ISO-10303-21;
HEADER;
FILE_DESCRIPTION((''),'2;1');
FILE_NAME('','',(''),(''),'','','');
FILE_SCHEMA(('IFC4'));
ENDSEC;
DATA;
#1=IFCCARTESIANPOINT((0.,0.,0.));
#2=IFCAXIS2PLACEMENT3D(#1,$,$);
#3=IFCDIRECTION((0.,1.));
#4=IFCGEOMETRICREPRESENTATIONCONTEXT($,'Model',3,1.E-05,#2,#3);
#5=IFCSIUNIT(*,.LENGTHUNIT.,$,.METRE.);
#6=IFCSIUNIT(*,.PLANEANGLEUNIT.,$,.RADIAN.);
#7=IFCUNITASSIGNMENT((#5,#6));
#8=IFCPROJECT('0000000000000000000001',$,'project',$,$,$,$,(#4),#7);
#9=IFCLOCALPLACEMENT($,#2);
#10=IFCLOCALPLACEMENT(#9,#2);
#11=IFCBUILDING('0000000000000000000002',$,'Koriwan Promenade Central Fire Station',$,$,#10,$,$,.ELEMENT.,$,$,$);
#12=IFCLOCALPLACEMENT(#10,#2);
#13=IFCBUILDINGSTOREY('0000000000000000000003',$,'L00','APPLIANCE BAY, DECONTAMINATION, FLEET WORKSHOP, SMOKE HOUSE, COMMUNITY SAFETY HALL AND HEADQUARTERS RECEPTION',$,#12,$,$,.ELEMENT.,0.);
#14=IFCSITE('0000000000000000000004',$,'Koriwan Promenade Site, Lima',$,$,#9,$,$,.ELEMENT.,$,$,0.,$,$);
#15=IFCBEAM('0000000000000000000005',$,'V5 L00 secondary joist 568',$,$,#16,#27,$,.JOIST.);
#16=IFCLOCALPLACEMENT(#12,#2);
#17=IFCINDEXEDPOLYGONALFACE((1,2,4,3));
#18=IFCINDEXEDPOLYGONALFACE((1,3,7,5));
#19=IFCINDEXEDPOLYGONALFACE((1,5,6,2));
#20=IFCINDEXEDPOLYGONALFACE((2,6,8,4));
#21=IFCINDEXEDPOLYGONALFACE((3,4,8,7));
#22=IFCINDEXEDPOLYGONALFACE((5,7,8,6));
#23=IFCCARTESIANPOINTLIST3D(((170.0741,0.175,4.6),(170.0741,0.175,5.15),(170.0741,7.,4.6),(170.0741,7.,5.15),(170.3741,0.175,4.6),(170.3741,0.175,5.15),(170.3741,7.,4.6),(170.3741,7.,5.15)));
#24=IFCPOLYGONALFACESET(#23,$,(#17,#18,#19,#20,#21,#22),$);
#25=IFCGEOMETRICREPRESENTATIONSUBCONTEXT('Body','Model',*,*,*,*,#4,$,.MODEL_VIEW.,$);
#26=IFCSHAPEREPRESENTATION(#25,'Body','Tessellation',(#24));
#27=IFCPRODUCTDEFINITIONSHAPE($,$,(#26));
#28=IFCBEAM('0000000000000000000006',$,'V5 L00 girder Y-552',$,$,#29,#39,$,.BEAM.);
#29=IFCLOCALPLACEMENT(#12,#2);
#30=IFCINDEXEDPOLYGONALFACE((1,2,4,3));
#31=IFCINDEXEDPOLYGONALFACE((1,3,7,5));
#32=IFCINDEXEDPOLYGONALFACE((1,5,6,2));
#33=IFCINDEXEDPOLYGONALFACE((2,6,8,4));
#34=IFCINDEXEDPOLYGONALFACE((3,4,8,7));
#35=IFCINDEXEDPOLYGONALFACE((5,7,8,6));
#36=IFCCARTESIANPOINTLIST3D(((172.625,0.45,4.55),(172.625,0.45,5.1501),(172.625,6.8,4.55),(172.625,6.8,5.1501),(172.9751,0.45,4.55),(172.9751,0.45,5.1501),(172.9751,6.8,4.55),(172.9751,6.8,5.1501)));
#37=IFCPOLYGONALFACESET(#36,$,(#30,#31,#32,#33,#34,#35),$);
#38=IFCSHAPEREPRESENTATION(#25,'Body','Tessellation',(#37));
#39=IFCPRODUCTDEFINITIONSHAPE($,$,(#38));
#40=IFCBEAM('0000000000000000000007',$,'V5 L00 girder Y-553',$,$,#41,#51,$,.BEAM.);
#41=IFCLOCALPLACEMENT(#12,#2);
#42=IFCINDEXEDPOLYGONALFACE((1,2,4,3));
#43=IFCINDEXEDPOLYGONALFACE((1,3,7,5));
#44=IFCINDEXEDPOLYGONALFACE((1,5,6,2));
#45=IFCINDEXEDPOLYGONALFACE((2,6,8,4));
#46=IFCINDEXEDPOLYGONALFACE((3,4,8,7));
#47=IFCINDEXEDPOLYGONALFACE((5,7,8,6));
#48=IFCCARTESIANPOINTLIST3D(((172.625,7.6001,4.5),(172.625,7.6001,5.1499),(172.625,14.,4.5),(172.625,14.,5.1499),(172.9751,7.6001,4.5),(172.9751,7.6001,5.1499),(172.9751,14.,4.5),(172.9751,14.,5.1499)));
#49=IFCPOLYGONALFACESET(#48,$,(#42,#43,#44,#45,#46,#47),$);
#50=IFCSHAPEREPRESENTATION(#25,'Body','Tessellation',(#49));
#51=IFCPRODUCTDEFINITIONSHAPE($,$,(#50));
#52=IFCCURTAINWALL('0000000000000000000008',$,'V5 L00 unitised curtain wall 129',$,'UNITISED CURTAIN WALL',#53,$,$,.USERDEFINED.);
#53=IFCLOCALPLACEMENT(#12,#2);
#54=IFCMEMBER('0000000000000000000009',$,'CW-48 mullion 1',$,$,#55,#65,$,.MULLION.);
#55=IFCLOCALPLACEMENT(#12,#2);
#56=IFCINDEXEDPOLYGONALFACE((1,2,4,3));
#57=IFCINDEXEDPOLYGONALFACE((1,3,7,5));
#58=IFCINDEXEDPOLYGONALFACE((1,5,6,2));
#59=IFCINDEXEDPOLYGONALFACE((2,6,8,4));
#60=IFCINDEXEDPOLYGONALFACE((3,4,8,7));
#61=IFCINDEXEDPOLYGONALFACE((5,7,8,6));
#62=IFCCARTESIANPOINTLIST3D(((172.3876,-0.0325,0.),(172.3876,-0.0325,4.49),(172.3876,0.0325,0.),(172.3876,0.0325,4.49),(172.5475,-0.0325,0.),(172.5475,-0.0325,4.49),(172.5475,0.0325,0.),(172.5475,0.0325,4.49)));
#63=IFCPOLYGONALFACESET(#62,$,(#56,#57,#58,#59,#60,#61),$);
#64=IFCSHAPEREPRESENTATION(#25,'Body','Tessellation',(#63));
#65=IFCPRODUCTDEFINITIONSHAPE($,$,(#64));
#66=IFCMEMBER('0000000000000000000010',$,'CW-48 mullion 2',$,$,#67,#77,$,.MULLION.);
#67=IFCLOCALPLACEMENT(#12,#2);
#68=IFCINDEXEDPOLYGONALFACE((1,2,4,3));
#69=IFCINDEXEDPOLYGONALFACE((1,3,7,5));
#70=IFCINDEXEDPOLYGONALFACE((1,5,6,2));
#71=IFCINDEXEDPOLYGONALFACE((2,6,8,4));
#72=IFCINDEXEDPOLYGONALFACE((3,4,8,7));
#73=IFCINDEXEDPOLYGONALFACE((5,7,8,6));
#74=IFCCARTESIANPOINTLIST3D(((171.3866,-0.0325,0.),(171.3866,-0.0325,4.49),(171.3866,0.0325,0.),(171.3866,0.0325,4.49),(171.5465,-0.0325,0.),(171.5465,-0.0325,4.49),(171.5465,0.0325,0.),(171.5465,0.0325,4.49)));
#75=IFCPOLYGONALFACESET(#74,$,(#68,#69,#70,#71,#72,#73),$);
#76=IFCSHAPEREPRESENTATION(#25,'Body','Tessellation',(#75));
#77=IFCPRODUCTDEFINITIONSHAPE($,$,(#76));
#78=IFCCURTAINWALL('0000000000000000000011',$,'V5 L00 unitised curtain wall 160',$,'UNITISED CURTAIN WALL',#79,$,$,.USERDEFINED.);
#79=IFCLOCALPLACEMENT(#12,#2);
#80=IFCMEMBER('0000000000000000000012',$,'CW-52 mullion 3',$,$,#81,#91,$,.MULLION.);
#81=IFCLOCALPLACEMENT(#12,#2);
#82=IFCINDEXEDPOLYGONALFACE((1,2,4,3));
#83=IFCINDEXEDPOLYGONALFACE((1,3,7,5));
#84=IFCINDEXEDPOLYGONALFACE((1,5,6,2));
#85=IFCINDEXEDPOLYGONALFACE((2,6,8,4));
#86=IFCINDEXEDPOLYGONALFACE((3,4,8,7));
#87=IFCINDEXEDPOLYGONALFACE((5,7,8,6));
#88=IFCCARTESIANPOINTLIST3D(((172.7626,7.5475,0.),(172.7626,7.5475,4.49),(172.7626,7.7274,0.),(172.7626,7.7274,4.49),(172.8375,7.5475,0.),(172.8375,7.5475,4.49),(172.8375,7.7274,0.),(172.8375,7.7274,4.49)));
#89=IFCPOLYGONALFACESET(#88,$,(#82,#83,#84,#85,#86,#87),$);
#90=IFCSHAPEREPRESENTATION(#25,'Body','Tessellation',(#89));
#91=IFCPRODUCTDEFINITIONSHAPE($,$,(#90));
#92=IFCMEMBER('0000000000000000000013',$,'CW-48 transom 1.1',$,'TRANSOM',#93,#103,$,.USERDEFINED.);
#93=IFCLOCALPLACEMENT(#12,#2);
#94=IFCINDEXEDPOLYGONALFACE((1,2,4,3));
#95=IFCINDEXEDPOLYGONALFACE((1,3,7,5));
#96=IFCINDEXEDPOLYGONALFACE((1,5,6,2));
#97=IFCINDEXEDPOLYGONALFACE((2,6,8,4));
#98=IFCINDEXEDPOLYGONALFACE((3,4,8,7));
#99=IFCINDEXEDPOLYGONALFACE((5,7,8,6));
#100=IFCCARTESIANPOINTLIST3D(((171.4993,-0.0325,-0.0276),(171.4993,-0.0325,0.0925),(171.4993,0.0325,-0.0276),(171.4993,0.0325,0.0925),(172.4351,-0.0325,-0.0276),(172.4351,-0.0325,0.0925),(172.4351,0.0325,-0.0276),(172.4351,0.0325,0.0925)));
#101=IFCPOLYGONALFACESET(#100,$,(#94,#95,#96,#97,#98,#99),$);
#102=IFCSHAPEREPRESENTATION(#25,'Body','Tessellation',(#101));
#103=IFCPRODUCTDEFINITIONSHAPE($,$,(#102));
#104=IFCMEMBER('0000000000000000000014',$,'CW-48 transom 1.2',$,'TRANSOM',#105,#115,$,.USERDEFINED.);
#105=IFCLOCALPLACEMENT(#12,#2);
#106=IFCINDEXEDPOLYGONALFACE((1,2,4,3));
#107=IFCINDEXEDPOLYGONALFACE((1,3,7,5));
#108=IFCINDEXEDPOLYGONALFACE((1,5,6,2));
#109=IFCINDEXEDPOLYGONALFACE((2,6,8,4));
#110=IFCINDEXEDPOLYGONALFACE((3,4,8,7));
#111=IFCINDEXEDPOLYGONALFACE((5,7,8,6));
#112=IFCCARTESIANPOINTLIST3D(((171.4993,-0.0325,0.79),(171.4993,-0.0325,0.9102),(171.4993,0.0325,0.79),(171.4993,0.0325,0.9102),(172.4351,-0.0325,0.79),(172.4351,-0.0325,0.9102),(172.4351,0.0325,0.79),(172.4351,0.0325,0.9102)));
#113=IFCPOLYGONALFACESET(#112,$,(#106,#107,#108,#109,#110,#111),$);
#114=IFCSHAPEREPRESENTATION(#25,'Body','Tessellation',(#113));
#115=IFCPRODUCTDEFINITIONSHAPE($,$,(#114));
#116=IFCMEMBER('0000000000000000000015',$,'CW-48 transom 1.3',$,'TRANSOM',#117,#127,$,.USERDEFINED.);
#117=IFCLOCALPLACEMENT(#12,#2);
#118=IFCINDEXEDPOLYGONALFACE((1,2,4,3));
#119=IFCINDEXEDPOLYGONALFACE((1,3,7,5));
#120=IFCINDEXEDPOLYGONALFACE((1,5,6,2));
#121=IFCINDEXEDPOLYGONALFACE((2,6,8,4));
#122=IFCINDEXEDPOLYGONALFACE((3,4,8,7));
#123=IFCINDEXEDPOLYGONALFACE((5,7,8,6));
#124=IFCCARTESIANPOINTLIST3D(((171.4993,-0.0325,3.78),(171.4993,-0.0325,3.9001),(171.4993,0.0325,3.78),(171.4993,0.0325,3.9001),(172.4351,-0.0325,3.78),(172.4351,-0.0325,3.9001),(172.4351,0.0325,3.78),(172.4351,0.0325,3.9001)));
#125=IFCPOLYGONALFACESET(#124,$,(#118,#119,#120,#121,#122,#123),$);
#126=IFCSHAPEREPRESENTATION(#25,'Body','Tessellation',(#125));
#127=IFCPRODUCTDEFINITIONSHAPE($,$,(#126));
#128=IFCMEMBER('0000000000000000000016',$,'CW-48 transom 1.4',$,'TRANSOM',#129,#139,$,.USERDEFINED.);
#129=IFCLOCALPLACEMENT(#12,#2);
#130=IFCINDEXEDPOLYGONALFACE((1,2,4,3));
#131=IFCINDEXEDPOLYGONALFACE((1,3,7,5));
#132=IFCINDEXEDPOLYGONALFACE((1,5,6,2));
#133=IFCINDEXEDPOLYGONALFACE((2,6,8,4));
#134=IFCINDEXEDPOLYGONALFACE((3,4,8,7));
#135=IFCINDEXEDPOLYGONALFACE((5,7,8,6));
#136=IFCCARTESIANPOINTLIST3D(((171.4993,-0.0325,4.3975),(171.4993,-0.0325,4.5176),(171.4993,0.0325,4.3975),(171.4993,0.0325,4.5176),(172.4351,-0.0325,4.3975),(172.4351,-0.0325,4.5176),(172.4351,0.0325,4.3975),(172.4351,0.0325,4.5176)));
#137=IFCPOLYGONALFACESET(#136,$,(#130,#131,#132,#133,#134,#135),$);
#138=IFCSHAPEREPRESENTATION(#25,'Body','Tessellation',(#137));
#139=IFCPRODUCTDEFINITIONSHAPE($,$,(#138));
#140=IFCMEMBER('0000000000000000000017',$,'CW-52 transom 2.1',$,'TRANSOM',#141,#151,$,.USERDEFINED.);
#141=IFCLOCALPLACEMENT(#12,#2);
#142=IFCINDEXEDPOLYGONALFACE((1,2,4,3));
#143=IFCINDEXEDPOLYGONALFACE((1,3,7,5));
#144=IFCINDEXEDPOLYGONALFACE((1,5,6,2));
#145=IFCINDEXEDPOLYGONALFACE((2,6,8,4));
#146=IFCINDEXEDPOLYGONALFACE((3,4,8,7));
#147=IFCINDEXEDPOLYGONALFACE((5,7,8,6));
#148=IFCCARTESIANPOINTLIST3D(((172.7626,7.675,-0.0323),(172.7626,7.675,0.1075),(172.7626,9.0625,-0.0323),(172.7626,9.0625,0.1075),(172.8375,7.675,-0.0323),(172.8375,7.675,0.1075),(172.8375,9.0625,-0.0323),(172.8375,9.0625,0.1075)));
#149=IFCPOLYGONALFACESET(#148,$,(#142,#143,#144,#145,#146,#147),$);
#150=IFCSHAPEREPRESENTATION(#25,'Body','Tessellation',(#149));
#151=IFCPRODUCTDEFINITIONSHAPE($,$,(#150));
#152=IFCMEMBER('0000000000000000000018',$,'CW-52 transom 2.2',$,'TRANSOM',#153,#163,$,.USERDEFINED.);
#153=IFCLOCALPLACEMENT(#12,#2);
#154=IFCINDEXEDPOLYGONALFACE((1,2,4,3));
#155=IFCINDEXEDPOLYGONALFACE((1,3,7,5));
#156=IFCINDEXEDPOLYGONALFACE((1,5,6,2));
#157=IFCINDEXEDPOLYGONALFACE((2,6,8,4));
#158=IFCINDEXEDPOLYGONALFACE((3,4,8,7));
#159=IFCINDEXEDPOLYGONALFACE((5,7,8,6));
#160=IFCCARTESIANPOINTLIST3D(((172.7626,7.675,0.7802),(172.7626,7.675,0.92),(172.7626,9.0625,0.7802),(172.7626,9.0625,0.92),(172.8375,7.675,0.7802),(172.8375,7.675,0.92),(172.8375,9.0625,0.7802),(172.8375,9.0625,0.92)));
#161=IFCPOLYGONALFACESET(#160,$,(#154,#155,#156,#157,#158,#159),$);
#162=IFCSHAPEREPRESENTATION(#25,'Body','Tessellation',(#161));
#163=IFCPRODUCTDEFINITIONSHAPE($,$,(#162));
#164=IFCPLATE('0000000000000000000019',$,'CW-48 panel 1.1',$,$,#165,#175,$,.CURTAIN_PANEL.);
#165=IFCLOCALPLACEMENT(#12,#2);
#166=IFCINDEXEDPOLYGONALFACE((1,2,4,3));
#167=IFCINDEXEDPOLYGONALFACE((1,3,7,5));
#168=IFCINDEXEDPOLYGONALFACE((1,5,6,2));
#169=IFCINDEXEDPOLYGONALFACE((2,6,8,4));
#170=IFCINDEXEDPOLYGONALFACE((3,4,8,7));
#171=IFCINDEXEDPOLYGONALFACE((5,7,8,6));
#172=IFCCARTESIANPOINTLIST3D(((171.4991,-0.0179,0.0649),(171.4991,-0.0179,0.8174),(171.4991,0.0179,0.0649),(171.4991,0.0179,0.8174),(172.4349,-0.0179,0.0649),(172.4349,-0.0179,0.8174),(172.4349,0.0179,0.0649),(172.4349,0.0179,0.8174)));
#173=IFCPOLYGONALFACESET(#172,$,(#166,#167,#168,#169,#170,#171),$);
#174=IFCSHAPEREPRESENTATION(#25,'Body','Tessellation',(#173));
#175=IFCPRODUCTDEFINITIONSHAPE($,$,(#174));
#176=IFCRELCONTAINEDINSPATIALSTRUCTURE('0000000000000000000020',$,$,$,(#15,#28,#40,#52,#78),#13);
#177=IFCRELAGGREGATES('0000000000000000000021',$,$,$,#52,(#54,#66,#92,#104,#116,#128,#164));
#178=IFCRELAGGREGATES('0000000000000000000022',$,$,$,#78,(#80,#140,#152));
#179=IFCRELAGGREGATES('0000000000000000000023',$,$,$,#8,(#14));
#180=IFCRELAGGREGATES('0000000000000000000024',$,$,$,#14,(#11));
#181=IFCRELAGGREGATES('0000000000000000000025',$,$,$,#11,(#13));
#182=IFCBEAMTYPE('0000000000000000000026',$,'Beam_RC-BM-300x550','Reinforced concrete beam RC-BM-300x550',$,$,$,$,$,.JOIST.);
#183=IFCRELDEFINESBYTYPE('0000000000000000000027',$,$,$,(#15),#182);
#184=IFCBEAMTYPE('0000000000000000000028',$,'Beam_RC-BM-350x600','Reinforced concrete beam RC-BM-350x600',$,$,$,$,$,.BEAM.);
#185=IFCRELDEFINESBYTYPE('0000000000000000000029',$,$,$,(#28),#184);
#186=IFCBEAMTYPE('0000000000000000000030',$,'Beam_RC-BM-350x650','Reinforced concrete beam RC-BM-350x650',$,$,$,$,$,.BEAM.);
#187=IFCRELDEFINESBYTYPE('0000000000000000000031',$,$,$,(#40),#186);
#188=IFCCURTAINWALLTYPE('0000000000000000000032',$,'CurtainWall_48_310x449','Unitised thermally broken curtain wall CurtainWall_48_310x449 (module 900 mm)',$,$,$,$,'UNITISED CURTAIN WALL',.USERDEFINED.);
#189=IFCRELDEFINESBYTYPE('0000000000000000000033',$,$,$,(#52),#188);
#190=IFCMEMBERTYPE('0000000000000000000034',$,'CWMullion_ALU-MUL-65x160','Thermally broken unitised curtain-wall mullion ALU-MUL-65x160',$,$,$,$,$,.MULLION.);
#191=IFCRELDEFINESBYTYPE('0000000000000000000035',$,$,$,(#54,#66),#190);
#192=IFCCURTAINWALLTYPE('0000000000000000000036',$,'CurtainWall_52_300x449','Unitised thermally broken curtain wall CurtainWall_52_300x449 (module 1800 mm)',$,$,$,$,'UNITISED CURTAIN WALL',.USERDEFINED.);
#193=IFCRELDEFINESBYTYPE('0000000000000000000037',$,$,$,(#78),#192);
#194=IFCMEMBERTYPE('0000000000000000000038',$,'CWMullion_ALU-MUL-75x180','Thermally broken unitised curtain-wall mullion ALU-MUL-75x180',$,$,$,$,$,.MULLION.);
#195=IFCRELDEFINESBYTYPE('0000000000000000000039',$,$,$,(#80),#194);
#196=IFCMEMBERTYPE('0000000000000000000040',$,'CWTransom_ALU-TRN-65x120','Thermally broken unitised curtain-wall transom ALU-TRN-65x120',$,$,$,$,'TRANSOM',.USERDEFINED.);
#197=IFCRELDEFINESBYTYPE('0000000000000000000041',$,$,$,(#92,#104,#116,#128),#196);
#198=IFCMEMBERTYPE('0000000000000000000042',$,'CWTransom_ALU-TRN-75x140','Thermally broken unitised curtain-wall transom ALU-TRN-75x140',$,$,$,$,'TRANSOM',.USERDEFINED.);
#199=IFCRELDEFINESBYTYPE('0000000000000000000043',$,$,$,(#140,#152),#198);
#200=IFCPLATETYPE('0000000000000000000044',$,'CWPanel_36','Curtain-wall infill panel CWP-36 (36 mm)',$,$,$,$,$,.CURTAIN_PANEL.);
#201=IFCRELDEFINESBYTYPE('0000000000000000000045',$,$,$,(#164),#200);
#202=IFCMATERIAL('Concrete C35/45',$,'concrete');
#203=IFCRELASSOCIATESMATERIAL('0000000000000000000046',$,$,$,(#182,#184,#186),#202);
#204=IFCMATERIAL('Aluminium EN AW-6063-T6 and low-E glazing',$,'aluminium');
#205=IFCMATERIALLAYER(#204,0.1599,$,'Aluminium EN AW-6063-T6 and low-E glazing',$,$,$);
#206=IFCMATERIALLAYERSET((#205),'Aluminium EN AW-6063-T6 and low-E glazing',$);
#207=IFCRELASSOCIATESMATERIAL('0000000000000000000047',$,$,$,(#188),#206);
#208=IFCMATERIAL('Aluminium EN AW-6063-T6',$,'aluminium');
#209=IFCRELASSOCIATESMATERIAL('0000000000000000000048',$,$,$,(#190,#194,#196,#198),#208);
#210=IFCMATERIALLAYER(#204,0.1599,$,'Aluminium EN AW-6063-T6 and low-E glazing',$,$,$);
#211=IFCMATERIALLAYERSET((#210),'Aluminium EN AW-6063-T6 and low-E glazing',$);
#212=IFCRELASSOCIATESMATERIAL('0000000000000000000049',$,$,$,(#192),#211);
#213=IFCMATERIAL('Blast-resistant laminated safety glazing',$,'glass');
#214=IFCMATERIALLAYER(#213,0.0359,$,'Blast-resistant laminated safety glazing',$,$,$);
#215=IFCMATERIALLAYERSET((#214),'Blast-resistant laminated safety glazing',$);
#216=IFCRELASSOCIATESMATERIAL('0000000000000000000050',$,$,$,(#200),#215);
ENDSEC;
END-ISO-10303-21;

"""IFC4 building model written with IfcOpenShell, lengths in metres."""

from ifc_helpers import new_model, si_unit, direction, frame, origin, origin_2d, place, context, subcontext, project, spatial, rectangle, extrude, material, layer, layer_set, material_profile, profile_set, type_object, element, aggregate, save


model = new_model("IFC4")

# Units and contexts
model_context = context("Model", 3, precision=1e-05, world=origin(), true_north=direction((0.0, 1.0)))
body_context = subcontext(model_context, "Body", "Model", "MODEL_VIEW")
ifc_project = project(units=[si_unit("LENGTHUNIT", "METRE"), si_unit("PLANEANGLEUNIT", "RADIAN")], contexts=[model_context])

# Site, building, storey
site_placement = place(None, origin())
site = spatial("IfcSite", under=ifc_project, at=site_placement, Name="Koriwan Promenade Site, Lima", CompositionType="ELEMENT", RefElevation=0.0)
building_placement = place(site_placement, origin())
building = spatial("IfcBuilding", under=site, at=building_placement, Name="Koriwan Promenade Central Fire Station", CompositionType="ELEMENT")
storey_placement = place(building_placement, origin())
storey = spatial("IfcBuildingStorey", under=building, at=storey_placement, Name="L00", Description="APPLIANCE BAY, DECONTAMINATION, FLEET WORKSHOP, SMOKE HOUSE, COMMUNITY SAFETY HALL AND HEADQUARTERS RECEPTION", CompositionType="ELEMENT", Elevation=0.0)

# Shared definitions
ifc_material_1 = material(Name="Concrete C35/45", Category="concrete")

# Beams
ifc_material_profile_1 = material_profile(ifc_material_1, rectangle(XDim=0.3, YDim=0.55, at=origin_2d()), Name="RC-BM-300x550")
ifc_profile_set_1 = profile_set([ifc_material_profile_1], Name="Concrete C35/45")
beam_type_1 = type_object("IfcBeamType", Name="Beam_RC-BM-300x550", Description="Reinforced concrete beam RC-BM-300x550", PredefinedType="JOIST", material=ifc_profile_set_1)
beam_1_placement = place(storey_placement, frame((170.2241, 0.175, 4.875), z_axis=(0.0, 1.0, 0.0), x_axis=(-1.0, 0.0, 0.0)))
element("IfcBeam", 1, at=beam_1_placement, inside=storey, type_object=beam_type_1, Name="V5 L00 secondary joist 568", PredefinedType="JOIST", context=body_context, shape_type="SweptSolid", body=[
    extrude(rectangle(XDim=0.3, YDim=0.55, at=origin_2d()), origin(), (0.0, 0.0, 1.0), 6.825),
])
ifc_material_profile_2 = material_profile(ifc_material_1, rectangle(XDim=0.3501, YDim=0.6001, at=origin_2d()), Name="RC-BM-350x600")
ifc_profile_set_2 = profile_set([ifc_material_profile_2], Name="Concrete C35/45")
beam_type_2 = type_object("IfcBeamType", Name="Beam_RC-BM-350x600", Description="Reinforced concrete beam RC-BM-350x600", PredefinedType="BEAM", material=ifc_profile_set_2)
beam_2_placement = place(storey_placement, frame((172.8, 0.45, 4.8501), z_axis=(0.0, 1.0, 0.0), x_axis=(-1.0, 0.0, 0.0)))
element("IfcBeam", 2, at=beam_2_placement, inside=storey, type_object=beam_type_2, Name="V5 L00 girder Y-552", PredefinedType="BEAM", context=body_context, shape_type="SweptSolid", body=[
    extrude(rectangle(XDim=0.3501, YDim=0.6001, at=origin_2d()), origin(), (0.0, 0.0, 1.0), 6.3501),
])
ifc_material_profile_3 = material_profile(ifc_material_1, rectangle(XDim=0.3501, YDim=0.6499, at=origin_2d()), Name="RC-BM-350x650")
ifc_profile_set_3 = profile_set([ifc_material_profile_3], Name="Concrete C35/45")
beam_type_3 = type_object("IfcBeamType", Name="Beam_RC-BM-350x650", Description="Reinforced concrete beam RC-BM-350x650", PredefinedType="BEAM", material=ifc_profile_set_3)
beam_3_placement = place(storey_placement, frame((172.8, 7.6001, 4.825), z_axis=(0.0, 1.0, 0.0), x_axis=(-1.0, 0.0, 0.0)))
element("IfcBeam", 3, at=beam_3_placement, inside=storey, type_object=beam_type_3, Name="V5 L00 girder Y-553", PredefinedType="BEAM", context=body_context, shape_type="SweptSolid", body=[
    extrude(rectangle(XDim=0.3501, YDim=0.6499, at=origin_2d()), origin(), (0.0, 0.0, 1.0), 6.3999),
])

# Curtain wall, members
ifc_material_2 = material(Name="Aluminium EN AW-6063-T6 and low-E glazing", Category="aluminium")
ifc_layer_1 = layer(ifc_material_2, 0.1599, Name="Aluminium EN AW-6063-T6 and low-E glazing")
ifc_layer_set_1 = layer_set([ifc_layer_1], Name="Aluminium EN AW-6063-T6 and low-E glazing")
curtain_wall_type_1 = type_object("IfcCurtainWallType", Name="CurtainWall_48_310x449", Description="Unitised thermally broken curtain wall CurtainWall_48_310x449 (module 900 mm)", ElementType="UNITISED CURTAIN WALL", PredefinedType="USERDEFINED", material=ifc_layer_set_1)
curtain_wall_1_placement = place(storey_placement, origin())
curtain_wall_1 = element("IfcCurtainWall", 4, at=curtain_wall_1_placement, inside=storey, type_object=curtain_wall_type_1, Name="V5 L00 unitised curtain wall 129", ObjectType="UNITISED CURTAIN WALL", PredefinedType="USERDEFINED")
ifc_material_3 = material(Name="Aluminium EN AW-6063-T6", Category="aluminium")
ifc_material_profile_4 = material_profile(ifc_material_3, rectangle(XDim=0.0649, YDim=0.1599, at=origin_2d()), Name="ALU-MUL-65x160")
ifc_profile_set_4 = profile_set([ifc_material_profile_4], Name="Aluminium EN AW-6063-T6")
member_type_1 = type_object("IfcMemberType", Name="CWMullion_ALU-MUL-65x160", Description="Thermally broken unitised curtain-wall mullion ALU-MUL-65x160", PredefinedType="MULLION", material=ifc_profile_set_4)
member_1_placement = place(storey_placement, frame((172.4675, 0.0, 0.0), z_axis=(0.0, 0.0, 1.0), x_axis=(0.0, -1.0, 0.0)))
member_1 = element("IfcMember", 5, at=member_1_placement, type_object=member_type_1, Name="CW-48 mullion 1", PredefinedType="MULLION", context=body_context, shape_type="SweptSolid", body=[
    extrude(rectangle(XDim=0.0649, YDim=0.1599, at=origin_2d()), origin(), (0.0, 0.0, 1.0), 4.49),
])
member_2_placement = place(storey_placement, frame((171.4666, 0.0, 0.0), z_axis=(0.0, 0.0, 1.0), x_axis=(0.0, -1.0, 0.0)))
member_2 = element("IfcMember", 6, at=member_2_placement, type_object=member_type_1, Name="CW-48 mullion 2", PredefinedType="MULLION", context=body_context, shape_type="SweptSolid", body=[
    extrude(rectangle(XDim=0.0649, YDim=0.1599, at=origin_2d()), origin(), (0.0, 0.0, 1.0), 4.49),
])

# Curtain wall, member
ifc_layer_2 = layer(ifc_material_2, 0.1599, Name="Aluminium EN AW-6063-T6 and low-E glazing")
ifc_layer_set_2 = layer_set([ifc_layer_2], Name="Aluminium EN AW-6063-T6 and low-E glazing")
curtain_wall_type_2 = type_object("IfcCurtainWallType", Name="CurtainWall_52_300x449", Description="Unitised thermally broken curtain wall CurtainWall_52_300x449 (module 1800 mm)", ElementType="UNITISED CURTAIN WALL", PredefinedType="USERDEFINED", material=ifc_layer_set_2)
curtain_wall_2_placement = place(storey_placement, origin())
curtain_wall_2 = element("IfcCurtainWall", 7, at=curtain_wall_2_placement, inside=storey, type_object=curtain_wall_type_2, Name="V5 L00 unitised curtain wall 160", ObjectType="UNITISED CURTAIN WALL", PredefinedType="USERDEFINED")
ifc_material_profile_5 = material_profile(ifc_material_3, rectangle(XDim=0.075, YDim=0.1799, at=origin_2d()), Name="ALU-MUL-75x180")
ifc_profile_set_5 = profile_set([ifc_material_profile_5], Name="Aluminium EN AW-6063-T6")
member_type_2 = type_object("IfcMemberType", Name="CWMullion_ALU-MUL-75x180", Description="Thermally broken unitised curtain-wall mullion ALU-MUL-75x180", PredefinedType="MULLION", material=ifc_profile_set_5)
member_3_placement = place(storey_placement, frame((172.8, 7.6375, 0.0), z_axis=(0.0, 0.0, 1.0), x_axis=(1.0, 0.0, 0.0)))
member_3 = element("IfcMember", 8, at=member_3_placement, type_object=member_type_2, Name="CW-52 mullion 3", PredefinedType="MULLION", context=body_context, shape_type="SweptSolid", body=[
    extrude(rectangle(XDim=0.075, YDim=0.1799, at=origin_2d()), origin(), (0.0, 0.0, 1.0), 4.49),
])

# Members
ifc_material_profile_6 = material_profile(ifc_material_3, rectangle(XDim=0.0649, YDim=0.1201, at=origin_2d()), Name="ALU-TRN-65x120")
ifc_profile_set_6 = profile_set([ifc_material_profile_6], Name="Aluminium EN AW-6063-T6")
member_type_3 = type_object("IfcMemberType", Name="CWTransom_ALU-TRN-65x120", Description="Thermally broken unitised curtain-wall transom ALU-TRN-65x120", ElementType="TRANSOM", PredefinedType="USERDEFINED", material=ifc_profile_set_6)
member_4_placement = place(storey_placement, frame((172.4351, 0.0, 0.0325), z_axis=(-1.0, 0.0, 0.0), x_axis=(0.0, -1.0, 0.0)))
member_4 = element("IfcMember", 9, at=member_4_placement, type_object=member_type_3, Name="CW-48 transom 1.1", ObjectType="TRANSOM", PredefinedType="USERDEFINED", context=body_context, shape_type="SweptSolid", body=[
    extrude(rectangle(XDim=0.0649, YDim=0.1201, at=origin_2d()), origin(), (0.0, 0.0, 1.0), 0.9358),
])
member_5_placement = place(storey_placement, frame((172.4351, 0.0, 0.8501), z_axis=(-1.0, 0.0, 0.0), x_axis=(0.0, -1.0, 0.0)))
member_5 = element("IfcMember", 10, at=member_5_placement, type_object=member_type_3, Name="CW-48 transom 1.2", ObjectType="TRANSOM", PredefinedType="USERDEFINED", context=body_context, shape_type="SweptSolid", body=[
    extrude(rectangle(XDim=0.0649, YDim=0.1201, at=origin_2d()), origin(), (0.0, 0.0, 1.0), 0.9358),
])
member_6_placement = place(storey_placement, frame((172.4351, 0.0, 3.8401), z_axis=(-1.0, 0.0, 0.0), x_axis=(0.0, -1.0, 0.0)))
member_6 = element("IfcMember", 11, at=member_6_placement, type_object=member_type_3, Name="CW-48 transom 1.3", ObjectType="TRANSOM", PredefinedType="USERDEFINED", context=body_context, shape_type="SweptSolid", body=[
    extrude(rectangle(XDim=0.0649, YDim=0.1201, at=origin_2d()), origin(), (0.0, 0.0, 1.0), 0.9358),
])
member_7_placement = place(storey_placement, frame((172.4351, 0.0, 4.4575), z_axis=(-1.0, 0.0, 0.0), x_axis=(0.0, -1.0, 0.0)))
member_7 = element("IfcMember", 12, at=member_7_placement, type_object=member_type_3, Name="CW-48 transom 1.4", ObjectType="TRANSOM", PredefinedType="USERDEFINED", context=body_context, shape_type="SweptSolid", body=[
    extrude(rectangle(XDim=0.0649, YDim=0.1201, at=origin_2d()), origin(), (0.0, 0.0, 1.0), 0.9358),
])
ifc_material_profile_7 = material_profile(ifc_material_3, rectangle(XDim=0.075, YDim=0.1399, at=origin_2d()), Name="ALU-TRN-75x140")
ifc_profile_set_7 = profile_set([ifc_material_profile_7], Name="Aluminium EN AW-6063-T6")
member_type_4 = type_object("IfcMemberType", Name="CWTransom_ALU-TRN-75x140", Description="Thermally broken unitised curtain-wall transom ALU-TRN-75x140", ElementType="TRANSOM", PredefinedType="USERDEFINED", material=ifc_profile_set_7)
member_8_placement = place(storey_placement, frame((172.8, 9.0625, 0.0376), z_axis=(0.0, -1.0, 0.0), x_axis=(1.0, 0.0, 0.0)))
member_8 = element("IfcMember", 13, at=member_8_placement, type_object=member_type_4, Name="CW-52 transom 2.1", ObjectType="TRANSOM", PredefinedType="USERDEFINED", context=body_context, shape_type="SweptSolid", body=[
    extrude(rectangle(XDim=0.075, YDim=0.1399, at=origin_2d()), origin(), (0.0, 0.0, 1.0), 1.3875),
])
member_9_placement = place(storey_placement, frame((172.8, 9.0625, 0.8501), z_axis=(0.0, -1.0, 0.0), x_axis=(1.0, 0.0, 0.0)))
member_9 = element("IfcMember", 14, at=member_9_placement, type_object=member_type_4, Name="CW-52 transom 2.2", ObjectType="TRANSOM", PredefinedType="USERDEFINED", context=body_context, shape_type="SweptSolid", body=[
    extrude(rectangle(XDim=0.075, YDim=0.1399, at=origin_2d()), origin(), (0.0, 0.0, 1.0), 1.3875),
])

# Plate
ifc_material_4 = material(Name="Blast-resistant laminated safety glazing", Category="glass")
ifc_layer_3 = layer(ifc_material_4, 0.0359, Name="Blast-resistant laminated safety glazing")
ifc_layer_set_3 = layer_set([ifc_layer_3], Name="Blast-resistant laminated safety glazing")
plate_type = type_object("IfcPlateType", Name="CWPanel_36", Description="Curtain-wall infill panel CWP-36 (36 mm)", PredefinedType="CURTAIN_PANEL", material=ifc_layer_set_3)
plate_1_placement = place(storey_placement, frame((171.967, 0.0, 0.0649), z_axis=(0.0, 0.0, 1.0), x_axis=(-1.0, 0.0, 0.0)))
plate_1 = element("IfcPlate", 15, at=plate_1_placement, type_object=plate_type, Name="CW-48 panel 1.1", PredefinedType="CURTAIN_PANEL", context=body_context, shape_type="SweptSolid", body=[
    extrude(rectangle(XDim=0.9358, YDim=0.0359, at=origin_2d()), origin(), (0.0, 0.0, 1.0), 0.7524),
])
aggregate(curtain_wall_1, [member_1, member_2, member_4, member_5, member_6, member_7, plate_1])
aggregate(curtain_wall_2, [member_3, member_8, member_9])

save(model, "model.ifc")
